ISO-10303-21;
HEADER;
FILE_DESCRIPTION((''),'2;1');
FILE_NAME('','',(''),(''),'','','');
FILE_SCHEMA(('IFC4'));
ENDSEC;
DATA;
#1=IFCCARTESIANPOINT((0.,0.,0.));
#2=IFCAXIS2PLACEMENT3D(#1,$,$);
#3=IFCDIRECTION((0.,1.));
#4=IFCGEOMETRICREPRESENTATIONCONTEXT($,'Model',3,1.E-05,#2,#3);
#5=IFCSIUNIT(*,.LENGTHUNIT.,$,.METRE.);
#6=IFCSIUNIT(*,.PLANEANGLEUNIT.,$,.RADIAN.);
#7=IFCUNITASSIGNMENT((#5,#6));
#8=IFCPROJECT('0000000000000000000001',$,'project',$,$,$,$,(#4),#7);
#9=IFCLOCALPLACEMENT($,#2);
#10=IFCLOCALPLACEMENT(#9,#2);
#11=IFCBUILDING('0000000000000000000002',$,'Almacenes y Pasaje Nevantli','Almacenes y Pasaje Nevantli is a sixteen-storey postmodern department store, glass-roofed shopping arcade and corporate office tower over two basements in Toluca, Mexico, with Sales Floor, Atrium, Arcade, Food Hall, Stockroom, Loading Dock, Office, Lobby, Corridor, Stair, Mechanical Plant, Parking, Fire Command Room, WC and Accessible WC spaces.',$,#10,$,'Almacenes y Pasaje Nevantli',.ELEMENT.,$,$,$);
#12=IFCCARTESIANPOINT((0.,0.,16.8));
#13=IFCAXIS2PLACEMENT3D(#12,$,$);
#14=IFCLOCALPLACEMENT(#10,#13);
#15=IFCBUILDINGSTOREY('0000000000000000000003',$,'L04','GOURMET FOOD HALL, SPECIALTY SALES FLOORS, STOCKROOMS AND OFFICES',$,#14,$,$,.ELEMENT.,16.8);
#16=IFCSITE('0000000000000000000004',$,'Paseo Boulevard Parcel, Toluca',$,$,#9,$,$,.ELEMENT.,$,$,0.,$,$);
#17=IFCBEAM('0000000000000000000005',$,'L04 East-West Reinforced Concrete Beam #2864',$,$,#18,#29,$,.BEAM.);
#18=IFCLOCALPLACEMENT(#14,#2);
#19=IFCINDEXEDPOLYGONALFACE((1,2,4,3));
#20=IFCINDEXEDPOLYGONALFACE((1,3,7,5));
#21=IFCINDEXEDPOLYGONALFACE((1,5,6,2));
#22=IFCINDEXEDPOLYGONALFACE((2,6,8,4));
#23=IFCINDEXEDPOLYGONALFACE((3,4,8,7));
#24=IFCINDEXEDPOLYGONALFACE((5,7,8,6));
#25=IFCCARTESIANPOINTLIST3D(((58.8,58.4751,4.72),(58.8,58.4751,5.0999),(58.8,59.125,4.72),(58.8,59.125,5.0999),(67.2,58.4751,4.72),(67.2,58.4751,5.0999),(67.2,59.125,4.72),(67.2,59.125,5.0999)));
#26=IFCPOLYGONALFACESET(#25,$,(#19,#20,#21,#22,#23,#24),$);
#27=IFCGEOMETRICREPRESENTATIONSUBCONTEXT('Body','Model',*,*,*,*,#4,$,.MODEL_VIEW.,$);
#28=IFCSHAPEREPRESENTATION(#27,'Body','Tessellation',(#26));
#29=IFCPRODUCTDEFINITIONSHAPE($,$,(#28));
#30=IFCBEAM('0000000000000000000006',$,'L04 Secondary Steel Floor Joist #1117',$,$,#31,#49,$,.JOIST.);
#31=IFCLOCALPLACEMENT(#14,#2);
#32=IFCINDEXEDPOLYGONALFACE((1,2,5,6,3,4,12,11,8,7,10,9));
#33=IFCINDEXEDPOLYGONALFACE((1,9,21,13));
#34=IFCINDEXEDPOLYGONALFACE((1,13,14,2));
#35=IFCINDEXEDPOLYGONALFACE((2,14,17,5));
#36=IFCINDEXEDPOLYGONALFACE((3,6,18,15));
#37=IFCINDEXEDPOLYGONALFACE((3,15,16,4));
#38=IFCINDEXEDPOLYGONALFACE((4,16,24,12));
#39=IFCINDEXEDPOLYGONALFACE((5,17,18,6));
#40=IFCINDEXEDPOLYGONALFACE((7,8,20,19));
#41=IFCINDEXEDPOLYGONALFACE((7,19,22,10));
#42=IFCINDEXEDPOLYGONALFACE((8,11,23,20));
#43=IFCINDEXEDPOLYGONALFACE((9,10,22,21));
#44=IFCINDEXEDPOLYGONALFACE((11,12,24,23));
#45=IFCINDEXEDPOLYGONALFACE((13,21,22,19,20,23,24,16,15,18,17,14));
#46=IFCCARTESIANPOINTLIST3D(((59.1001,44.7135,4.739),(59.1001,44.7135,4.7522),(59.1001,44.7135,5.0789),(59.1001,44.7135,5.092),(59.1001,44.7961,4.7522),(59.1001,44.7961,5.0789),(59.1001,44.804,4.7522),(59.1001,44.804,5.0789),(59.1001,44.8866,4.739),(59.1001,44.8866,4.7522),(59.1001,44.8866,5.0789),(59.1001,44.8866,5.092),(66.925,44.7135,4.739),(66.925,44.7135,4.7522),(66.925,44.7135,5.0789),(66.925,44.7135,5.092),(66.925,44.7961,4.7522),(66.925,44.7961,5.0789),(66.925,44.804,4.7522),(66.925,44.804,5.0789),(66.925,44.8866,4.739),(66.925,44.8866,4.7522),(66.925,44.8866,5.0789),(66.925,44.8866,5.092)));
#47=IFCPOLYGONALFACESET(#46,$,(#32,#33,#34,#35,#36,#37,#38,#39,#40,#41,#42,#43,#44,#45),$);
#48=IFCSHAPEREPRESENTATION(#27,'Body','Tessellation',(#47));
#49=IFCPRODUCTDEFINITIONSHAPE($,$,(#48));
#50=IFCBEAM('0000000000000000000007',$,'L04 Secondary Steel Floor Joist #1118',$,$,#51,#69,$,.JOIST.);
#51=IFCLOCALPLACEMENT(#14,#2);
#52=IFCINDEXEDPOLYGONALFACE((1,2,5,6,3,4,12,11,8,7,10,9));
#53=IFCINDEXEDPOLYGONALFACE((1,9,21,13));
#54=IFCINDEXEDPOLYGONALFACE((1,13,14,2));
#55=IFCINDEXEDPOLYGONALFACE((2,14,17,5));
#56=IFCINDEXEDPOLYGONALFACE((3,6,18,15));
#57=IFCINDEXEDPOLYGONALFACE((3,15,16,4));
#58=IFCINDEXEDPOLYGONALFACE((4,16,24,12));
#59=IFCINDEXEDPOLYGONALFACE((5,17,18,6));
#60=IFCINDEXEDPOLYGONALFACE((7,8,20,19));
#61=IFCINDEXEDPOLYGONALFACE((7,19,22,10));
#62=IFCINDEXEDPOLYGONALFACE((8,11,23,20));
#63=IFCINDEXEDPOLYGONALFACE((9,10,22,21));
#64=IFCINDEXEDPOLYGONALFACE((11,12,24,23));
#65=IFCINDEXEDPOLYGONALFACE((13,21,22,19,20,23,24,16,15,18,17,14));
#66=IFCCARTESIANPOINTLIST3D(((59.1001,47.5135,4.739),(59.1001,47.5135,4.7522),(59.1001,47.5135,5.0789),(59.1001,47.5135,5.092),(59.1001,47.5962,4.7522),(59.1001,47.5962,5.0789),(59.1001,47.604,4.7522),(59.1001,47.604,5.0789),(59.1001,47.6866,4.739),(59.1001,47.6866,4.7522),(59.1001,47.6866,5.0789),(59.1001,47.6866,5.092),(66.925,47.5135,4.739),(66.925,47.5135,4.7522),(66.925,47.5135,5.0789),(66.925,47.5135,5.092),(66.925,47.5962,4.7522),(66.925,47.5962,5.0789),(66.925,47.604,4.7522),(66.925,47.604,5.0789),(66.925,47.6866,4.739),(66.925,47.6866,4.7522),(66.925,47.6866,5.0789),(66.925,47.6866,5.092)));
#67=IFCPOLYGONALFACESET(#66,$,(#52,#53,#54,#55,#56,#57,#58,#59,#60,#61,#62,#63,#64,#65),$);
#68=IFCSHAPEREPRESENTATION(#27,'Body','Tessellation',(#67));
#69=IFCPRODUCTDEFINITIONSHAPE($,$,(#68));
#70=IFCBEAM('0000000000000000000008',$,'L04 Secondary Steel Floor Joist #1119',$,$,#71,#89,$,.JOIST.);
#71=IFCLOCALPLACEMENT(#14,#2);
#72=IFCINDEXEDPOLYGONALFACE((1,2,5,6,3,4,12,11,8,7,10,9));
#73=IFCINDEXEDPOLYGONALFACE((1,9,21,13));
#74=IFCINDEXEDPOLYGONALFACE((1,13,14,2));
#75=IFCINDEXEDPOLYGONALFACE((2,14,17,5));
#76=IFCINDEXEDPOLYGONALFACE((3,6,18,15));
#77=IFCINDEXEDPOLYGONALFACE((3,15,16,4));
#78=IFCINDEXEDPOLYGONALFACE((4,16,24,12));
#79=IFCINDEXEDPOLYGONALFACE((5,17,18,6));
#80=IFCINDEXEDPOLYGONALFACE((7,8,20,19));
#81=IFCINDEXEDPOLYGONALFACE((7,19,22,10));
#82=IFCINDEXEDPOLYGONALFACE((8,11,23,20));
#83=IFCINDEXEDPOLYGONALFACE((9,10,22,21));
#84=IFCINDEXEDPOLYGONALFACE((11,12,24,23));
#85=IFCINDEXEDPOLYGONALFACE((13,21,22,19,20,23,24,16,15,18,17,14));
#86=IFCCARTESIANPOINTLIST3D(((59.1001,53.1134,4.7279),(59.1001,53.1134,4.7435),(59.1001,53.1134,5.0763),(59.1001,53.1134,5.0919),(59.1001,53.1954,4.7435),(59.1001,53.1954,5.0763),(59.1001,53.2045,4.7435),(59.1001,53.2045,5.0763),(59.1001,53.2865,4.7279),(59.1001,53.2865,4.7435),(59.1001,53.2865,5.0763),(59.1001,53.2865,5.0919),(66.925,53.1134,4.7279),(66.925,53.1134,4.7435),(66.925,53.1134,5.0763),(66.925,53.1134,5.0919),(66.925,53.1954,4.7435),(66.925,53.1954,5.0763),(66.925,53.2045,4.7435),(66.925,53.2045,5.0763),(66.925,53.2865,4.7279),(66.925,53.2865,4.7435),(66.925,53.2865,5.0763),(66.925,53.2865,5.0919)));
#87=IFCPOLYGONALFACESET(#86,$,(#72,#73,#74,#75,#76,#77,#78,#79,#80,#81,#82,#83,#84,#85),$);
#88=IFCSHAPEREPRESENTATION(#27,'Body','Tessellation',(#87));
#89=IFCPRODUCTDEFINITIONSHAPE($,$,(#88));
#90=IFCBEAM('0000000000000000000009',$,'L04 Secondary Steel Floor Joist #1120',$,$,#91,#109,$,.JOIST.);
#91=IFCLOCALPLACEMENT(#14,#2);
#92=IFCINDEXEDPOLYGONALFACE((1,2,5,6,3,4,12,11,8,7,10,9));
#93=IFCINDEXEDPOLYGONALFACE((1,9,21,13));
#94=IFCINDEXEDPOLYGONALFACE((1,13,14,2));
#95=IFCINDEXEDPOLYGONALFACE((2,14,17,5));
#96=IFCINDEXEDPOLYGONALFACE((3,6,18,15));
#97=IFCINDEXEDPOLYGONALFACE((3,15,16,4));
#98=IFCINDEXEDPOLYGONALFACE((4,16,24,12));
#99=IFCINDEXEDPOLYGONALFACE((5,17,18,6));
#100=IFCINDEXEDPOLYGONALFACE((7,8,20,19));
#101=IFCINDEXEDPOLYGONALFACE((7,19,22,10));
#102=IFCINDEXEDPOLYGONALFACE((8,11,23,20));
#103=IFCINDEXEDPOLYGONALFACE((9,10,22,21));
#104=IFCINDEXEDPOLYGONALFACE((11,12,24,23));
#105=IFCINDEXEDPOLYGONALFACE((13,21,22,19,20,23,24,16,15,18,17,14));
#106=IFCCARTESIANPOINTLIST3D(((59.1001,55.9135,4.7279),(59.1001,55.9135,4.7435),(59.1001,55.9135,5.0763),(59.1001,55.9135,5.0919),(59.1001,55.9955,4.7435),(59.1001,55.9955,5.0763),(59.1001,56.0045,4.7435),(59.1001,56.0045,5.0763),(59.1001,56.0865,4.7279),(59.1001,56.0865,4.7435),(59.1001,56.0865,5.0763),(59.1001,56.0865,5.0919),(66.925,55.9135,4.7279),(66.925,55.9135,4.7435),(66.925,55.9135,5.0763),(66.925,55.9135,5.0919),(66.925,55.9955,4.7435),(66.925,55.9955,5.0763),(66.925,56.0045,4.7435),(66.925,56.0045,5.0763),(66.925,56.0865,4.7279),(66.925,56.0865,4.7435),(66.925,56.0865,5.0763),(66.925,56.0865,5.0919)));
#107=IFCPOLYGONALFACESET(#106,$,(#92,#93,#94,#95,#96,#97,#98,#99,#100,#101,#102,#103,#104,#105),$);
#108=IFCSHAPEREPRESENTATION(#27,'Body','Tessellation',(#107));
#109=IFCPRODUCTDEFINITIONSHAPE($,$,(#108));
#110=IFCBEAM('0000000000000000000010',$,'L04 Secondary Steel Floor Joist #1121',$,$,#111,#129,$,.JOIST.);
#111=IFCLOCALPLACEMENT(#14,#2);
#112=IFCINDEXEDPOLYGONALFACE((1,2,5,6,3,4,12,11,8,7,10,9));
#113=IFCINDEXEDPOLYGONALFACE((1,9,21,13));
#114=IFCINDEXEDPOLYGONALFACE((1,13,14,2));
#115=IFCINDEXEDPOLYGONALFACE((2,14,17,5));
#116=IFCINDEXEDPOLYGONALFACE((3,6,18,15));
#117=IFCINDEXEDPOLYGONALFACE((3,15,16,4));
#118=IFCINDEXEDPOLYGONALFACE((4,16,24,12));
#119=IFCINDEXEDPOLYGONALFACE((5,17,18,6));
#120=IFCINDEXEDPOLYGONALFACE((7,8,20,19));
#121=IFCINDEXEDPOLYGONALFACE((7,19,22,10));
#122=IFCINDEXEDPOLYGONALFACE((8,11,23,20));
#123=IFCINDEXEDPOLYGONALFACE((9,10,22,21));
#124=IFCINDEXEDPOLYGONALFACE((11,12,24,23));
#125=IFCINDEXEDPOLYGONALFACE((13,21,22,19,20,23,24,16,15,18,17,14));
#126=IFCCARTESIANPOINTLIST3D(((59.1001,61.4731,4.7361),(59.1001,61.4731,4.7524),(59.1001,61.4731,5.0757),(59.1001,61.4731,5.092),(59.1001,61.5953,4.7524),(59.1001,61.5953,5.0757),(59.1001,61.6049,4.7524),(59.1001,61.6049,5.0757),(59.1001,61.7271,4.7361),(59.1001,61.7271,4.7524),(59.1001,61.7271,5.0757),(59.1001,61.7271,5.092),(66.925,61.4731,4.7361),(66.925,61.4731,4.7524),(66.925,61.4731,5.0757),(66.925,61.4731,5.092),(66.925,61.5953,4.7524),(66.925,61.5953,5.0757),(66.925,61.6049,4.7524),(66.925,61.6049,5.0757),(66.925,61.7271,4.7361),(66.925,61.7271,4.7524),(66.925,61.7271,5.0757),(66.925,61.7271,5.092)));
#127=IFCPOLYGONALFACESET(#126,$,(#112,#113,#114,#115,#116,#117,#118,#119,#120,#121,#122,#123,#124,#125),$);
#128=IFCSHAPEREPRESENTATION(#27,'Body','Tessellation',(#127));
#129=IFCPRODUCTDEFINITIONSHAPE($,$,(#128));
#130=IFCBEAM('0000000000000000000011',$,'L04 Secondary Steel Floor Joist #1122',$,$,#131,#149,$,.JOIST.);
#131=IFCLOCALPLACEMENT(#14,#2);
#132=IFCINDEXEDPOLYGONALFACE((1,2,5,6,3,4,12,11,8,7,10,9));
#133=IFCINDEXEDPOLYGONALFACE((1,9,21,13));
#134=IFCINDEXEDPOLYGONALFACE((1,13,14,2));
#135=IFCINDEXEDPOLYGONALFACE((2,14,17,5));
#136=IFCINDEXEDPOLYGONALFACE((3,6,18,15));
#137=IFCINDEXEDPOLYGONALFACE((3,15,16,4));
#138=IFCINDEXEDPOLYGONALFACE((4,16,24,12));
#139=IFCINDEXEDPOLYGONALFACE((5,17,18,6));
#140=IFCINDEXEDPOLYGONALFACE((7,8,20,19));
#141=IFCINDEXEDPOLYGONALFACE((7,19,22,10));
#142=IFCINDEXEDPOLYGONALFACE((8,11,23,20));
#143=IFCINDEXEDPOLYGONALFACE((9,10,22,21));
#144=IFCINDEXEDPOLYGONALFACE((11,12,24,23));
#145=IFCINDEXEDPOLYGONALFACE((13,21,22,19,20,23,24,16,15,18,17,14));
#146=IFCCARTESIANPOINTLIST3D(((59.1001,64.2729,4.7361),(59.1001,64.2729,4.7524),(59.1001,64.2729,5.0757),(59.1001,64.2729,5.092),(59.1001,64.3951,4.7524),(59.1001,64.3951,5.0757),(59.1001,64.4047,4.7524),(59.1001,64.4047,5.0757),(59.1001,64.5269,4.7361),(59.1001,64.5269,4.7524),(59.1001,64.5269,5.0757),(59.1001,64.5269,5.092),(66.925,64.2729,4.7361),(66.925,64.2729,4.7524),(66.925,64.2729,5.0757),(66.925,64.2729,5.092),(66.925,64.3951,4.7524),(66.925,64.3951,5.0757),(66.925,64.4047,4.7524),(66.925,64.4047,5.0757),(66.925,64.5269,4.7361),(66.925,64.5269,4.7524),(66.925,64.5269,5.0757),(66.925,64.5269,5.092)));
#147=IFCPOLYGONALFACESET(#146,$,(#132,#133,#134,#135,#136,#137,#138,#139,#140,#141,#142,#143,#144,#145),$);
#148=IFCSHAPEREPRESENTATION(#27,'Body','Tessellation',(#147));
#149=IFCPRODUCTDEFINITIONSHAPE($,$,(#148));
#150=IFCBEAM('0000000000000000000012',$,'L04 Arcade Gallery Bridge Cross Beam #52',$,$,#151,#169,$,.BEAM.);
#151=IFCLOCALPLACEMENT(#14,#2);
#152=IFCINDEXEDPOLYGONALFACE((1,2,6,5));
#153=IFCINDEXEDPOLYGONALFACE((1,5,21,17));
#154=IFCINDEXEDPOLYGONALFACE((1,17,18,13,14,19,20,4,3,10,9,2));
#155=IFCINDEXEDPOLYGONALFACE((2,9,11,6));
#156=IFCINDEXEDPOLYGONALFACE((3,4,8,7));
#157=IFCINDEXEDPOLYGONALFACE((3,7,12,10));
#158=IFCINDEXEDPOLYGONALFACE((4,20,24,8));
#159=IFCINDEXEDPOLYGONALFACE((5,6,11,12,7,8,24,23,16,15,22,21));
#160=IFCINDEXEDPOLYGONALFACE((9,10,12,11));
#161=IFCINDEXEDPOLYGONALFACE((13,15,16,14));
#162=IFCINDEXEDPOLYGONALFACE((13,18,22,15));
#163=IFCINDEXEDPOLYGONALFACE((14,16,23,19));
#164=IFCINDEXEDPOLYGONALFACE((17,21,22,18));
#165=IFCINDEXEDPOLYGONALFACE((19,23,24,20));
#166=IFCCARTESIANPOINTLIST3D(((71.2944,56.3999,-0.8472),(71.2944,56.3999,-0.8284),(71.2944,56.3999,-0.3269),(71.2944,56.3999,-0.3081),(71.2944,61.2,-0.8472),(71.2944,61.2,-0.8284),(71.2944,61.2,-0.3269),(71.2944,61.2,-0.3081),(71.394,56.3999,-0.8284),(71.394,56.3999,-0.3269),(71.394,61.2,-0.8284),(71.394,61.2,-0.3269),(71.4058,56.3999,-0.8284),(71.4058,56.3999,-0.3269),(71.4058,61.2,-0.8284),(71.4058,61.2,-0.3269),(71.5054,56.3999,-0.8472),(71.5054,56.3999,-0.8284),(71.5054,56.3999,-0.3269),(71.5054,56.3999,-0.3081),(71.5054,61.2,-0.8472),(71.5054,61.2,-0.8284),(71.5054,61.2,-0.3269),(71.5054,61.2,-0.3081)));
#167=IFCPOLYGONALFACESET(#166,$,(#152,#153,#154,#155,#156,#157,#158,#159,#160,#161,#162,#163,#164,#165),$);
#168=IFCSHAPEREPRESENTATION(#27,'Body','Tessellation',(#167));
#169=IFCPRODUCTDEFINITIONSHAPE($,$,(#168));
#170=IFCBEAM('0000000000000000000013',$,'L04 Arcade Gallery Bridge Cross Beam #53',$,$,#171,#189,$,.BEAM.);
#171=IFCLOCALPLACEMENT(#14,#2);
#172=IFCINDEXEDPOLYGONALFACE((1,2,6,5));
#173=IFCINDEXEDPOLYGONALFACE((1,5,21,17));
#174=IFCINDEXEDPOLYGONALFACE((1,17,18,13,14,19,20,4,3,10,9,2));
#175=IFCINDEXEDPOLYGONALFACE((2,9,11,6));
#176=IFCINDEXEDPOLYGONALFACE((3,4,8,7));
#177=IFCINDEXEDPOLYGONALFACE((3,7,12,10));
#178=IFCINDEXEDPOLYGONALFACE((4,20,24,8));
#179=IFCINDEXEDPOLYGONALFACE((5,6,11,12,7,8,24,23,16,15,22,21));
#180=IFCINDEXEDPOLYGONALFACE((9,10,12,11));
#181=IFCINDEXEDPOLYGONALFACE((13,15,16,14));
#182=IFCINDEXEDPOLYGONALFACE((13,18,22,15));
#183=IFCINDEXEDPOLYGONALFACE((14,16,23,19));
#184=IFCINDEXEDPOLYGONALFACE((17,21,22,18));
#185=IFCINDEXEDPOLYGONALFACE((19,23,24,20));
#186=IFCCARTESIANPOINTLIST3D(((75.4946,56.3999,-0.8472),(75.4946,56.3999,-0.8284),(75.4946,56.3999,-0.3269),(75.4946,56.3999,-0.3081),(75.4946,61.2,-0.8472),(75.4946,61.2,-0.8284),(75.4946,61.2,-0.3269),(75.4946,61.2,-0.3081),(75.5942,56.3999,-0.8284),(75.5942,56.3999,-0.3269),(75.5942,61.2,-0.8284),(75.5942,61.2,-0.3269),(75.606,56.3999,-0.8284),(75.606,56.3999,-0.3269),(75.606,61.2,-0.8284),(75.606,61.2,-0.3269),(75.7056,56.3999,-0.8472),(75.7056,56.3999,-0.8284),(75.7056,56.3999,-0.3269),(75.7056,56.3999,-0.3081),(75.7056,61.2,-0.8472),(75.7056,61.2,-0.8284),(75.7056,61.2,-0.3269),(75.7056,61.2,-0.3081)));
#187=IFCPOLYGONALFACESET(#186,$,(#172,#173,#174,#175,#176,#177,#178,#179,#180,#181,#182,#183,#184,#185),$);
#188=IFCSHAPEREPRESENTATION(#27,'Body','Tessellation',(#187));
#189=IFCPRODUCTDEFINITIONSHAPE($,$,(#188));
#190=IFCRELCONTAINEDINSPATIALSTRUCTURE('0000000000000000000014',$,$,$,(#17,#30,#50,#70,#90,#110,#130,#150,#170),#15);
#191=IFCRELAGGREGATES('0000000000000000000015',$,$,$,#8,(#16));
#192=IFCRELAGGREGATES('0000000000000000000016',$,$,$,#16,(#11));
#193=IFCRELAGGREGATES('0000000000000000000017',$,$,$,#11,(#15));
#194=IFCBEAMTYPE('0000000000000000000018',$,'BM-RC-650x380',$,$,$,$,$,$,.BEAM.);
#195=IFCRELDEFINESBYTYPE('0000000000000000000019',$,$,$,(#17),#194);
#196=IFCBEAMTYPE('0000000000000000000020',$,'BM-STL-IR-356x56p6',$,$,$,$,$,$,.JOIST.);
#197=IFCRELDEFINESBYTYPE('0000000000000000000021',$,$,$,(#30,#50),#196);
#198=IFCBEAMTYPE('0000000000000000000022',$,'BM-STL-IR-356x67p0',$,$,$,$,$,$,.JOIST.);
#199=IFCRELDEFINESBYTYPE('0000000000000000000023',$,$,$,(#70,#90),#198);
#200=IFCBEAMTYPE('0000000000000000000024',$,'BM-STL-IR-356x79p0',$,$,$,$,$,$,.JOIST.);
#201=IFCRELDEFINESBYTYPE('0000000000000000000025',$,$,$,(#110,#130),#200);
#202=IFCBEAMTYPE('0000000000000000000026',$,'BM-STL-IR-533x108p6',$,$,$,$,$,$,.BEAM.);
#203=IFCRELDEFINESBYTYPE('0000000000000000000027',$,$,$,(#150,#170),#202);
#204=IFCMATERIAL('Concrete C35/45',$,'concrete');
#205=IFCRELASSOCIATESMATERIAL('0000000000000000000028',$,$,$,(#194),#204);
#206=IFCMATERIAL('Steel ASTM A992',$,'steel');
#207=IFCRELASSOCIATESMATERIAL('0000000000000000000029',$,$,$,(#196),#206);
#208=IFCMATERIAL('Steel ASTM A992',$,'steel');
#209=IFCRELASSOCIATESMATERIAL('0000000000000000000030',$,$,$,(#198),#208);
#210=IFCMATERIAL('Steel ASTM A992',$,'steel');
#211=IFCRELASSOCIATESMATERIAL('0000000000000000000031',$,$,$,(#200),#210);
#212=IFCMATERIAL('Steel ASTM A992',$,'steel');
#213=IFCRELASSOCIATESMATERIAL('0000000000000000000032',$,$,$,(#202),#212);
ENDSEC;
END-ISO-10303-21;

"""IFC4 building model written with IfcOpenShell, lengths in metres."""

from ifc_helpers import new_model, si_unit, direction, frame, origin, origin_2d, place, context, subcontext, project, spatial, rectangle, i_section, extrude, material, material_profile, profile_set, type_object, element, save


model = new_model("IFC4")

# Units and contexts
model_context = context("Model", 3, precision=1e-05, world=origin(), true_north=direction((0.0, 1.0)))
body_context = subcontext(model_context, "Body", "Model", "MODEL_VIEW")
ifc_project = project(units=[si_unit("LENGTHUNIT", "METRE"), si_unit("PLANEANGLEUNIT", "RADIAN")], contexts=[model_context])

# Site, building, storey
site_placement = place(None, origin())
site = spatial("IfcSite", under=ifc_project, at=site_placement, Name="Paseo Boulevard Parcel, Toluca", CompositionType="ELEMENT", RefElevation=0.0)
building_placement = place(site_placement, origin())
building = spatial("IfcBuilding", under=site, at=building_placement, Name="Almacenes y Pasaje Nevantli", Description="Almacenes y Pasaje Nevantli is a sixteen-storey postmodern department store, glass-roofed shopping arcade and corporate office tower over two basements in Toluca, Mexico, with Sales Floor, Atrium, Arcade, Food Hall, Stockroom, Loading Dock, Office, Lobby, Corridor, Stair, Mechanical Plant, Parking, Fire Command Room, WC and Accessible WC spaces.", LongName="Almacenes y Pasaje Nevantli", CompositionType="ELEMENT")
storey_placement = place(building_placement, frame((0.0, 0.0, 16.8)))
storey = spatial("IfcBuildingStorey", under=building, at=storey_placement, Name="L04", Description="GOURMET FOOD HALL, SPECIALTY SALES FLOORS, STOCKROOMS AND OFFICES", CompositionType="ELEMENT", Elevation=16.8)

# Beams
ifc_material_1 = material(Name="Concrete C35/45", Category="concrete")
ifc_material_profile_1 = material_profile(ifc_material_1, rectangle(XDim=0.6499, YDim=0.3799, at=origin_2d()), Name="RC-BM-650x380")
ifc_profile_set_1 = profile_set([ifc_material_profile_1], Name="Concrete C35/45")
beam_type_1 = type_object("IfcBeamType", Name="BM-RC-650x380", PredefinedType="BEAM", material=ifc_profile_set_1)
for number, where, z_axis, x_axis, name in (
    (1, (58.8, 58.8, 4.9099), (1.0, 0.0, 0.0), (0.0, 1.0, 0.0), "L04 East-West Reinforced Concrete Beam #2864"),
):
    element("IfcBeam", number, at=place(storey_placement, frame(where, z_axis=z_axis, x_axis=x_axis)), inside=storey, type_object=beam_type_1, Name=name, PredefinedType="BEAM", context=body_context, shape_type="SweptSolid", body=[
        extrude(rectangle(XDim=0.6499, YDim=0.3799, at=origin_2d()), origin(), (0.0, 0.0, 1.0), 8.3999),
    ])
ifc_material_2 = material(Name="Steel ASTM A992", Category="steel")
ifc_material_profile_2 = material_profile(ifc_material_2, i_section(OverallWidth=0.1731, OverallDepth=0.353, WebThickness=0.0078, FlangeThickness=0.0132, at=origin_2d()), Name="IR 356x56.6")
ifc_profile_set_2 = profile_set([ifc_material_profile_2], Name="Steel ASTM A992")
beam_type_2 = type_object("IfcBeamType", Name="BM-STL-IR-356x56p6", PredefinedType="JOIST", material=ifc_profile_set_2)
for number, where, z_axis, x_axis, name in (
    (2, (59.1001, 44.8, 4.9155), (1.0, 0.0, 0.0), (0.0, 1.0, 0.0), "L04 Secondary Steel Floor Joist #1117"),
    (3, (59.1001, 47.6001, 4.9155), (1.0, 0.0, 0.0), (0.0, 1.0, 0.0), "L04 Secondary Steel Floor Joist #1118"),
):
    element("IfcBeam", number, at=place(storey_placement, frame(where, z_axis=z_axis, x_axis=x_axis)), inside=storey, type_object=beam_type_2, Name=name, PredefinedType="JOIST", context=body_context, shape_type="SweptSolid", body=[
        extrude(i_section(OverallWidth=0.1731, OverallDepth=0.353, WebThickness=0.0078, FlangeThickness=0.0132, at=origin_2d()), origin(), (0.0, 0.0, 1.0), 7.825),
    ])
ifc_material_3 = material(Name="Steel ASTM A992", Category="steel")
ifc_material_profile_3 = material_profile(ifc_material_3, i_section(OverallWidth=0.1731, OverallDepth=0.364, WebThickness=0.009, FlangeThickness=0.0156, at=origin_2d()), Name="IR 356x67.0")
ifc_profile_set_3 = profile_set([ifc_material_profile_3], Name="Steel ASTM A992")
beam_type_3 = type_object("IfcBeamType", Name="BM-STL-IR-356x67p0", PredefinedType="JOIST", material=ifc_profile_set_3)
for number, where, z_axis, x_axis, name in (
    (4, (59.1001, 53.2, 4.9099), (1.0, 0.0, 0.0), (0.0, 1.0, 0.0), "L04 Secondary Steel Floor Joist #1119"),
    (5, (59.1001, 56.0, 4.9099), (1.0, 0.0, 0.0), (0.0, 1.0, 0.0), "L04 Secondary Steel Floor Joist #1120"),
):
    element("IfcBeam", number, at=place(storey_placement, frame(where, z_axis=z_axis, x_axis=x_axis)), inside=storey, type_object=beam_type_3, Name=name, PredefinedType="JOIST", context=body_context, shape_type="SweptSolid", body=[
        extrude(i_section(OverallWidth=0.1731, OverallDepth=0.364, WebThickness=0.009, FlangeThickness=0.0156, at=origin_2d()), origin(), (0.0, 0.0, 1.0), 7.825),
    ])
ifc_material_4 = material(Name="Steel ASTM A992", Category="steel")
ifc_material_profile_4 = material_profile(ifc_material_4, i_section(OverallWidth=0.2539, OverallDepth=0.356, WebThickness=0.0095, FlangeThickness=0.0164, at=origin_2d()), Name="IR 356x79.0")
ifc_profile_set_4 = profile_set([ifc_material_profile_4], Name="Steel ASTM A992")
beam_type_4 = type_object("IfcBeamType", Name="BM-STL-IR-356x79p0", PredefinedType="JOIST", material=ifc_profile_set_4)
for number, where, z_axis, x_axis, name in (
    (6, (59.1001, 61.6001, 4.9141), (1.0, 0.0, 0.0), (0.0, 1.0, 0.0), "L04 Secondary Steel Floor Joist #1121"),
    (7, (59.1001, 64.3999, 4.9141), (1.0, 0.0, 0.0), (0.0, 1.0, 0.0), "L04 Secondary Steel Floor Joist #1122"),
):
    element("IfcBeam", number, at=place(storey_placement, frame(where, z_axis=z_axis, x_axis=x_axis)), inside=storey, type_object=beam_type_4, Name=name, PredefinedType="JOIST", context=body_context, shape_type="SweptSolid", body=[
        extrude(i_section(OverallWidth=0.2539, OverallDepth=0.356, WebThickness=0.0095, FlangeThickness=0.0164, at=origin_2d()), origin(), (0.0, 0.0, 1.0), 7.825),
    ])
ifc_material_5 = material(Name="Steel ASTM A992", Category="steel")
ifc_material_profile_5 = material_profile(ifc_material_5, i_section(OverallWidth=0.2109, OverallDepth=0.5391, WebThickness=0.0117, FlangeThickness=0.0188, at=origin_2d()), Name="IR 533x108.6")
ifc_profile_set_5 = profile_set([ifc_material_profile_5], Name="Steel ASTM A992")
beam_type_5 = type_object("IfcBeamType", Name="BM-STL-IR-533x108p6", PredefinedType="BEAM", material=ifc_profile_set_5)
for number, where, z_axis, x_axis, name in (
    (8, (71.3999, 56.3999, -0.5776), (0.0, 1.0, 0.0), (-1.0, 0.0, 0.0), "L04 Arcade Gallery Bridge Cross Beam #52"),
    (9, (75.6001, 56.3999, -0.5776), (0.0, 1.0, 0.0), (-1.0, 0.0, 0.0), "L04 Arcade Gallery Bridge Cross Beam #53"),
):
    element("IfcBeam", number, at=place(storey_placement, frame(where, z_axis=z_axis, x_axis=x_axis)), inside=storey, type_object=beam_type_5, Name=name, PredefinedType="BEAM", context=body_context, shape_type="SweptSolid", body=[
        extrude(i_section(OverallWidth=0.2109, OverallDepth=0.5391, WebThickness=0.0117, FlangeThickness=0.0188, at=origin_2d()), origin(), (0.0, 0.0, 1.0), 4.8),
    ])

save(model, "model.ifc")
